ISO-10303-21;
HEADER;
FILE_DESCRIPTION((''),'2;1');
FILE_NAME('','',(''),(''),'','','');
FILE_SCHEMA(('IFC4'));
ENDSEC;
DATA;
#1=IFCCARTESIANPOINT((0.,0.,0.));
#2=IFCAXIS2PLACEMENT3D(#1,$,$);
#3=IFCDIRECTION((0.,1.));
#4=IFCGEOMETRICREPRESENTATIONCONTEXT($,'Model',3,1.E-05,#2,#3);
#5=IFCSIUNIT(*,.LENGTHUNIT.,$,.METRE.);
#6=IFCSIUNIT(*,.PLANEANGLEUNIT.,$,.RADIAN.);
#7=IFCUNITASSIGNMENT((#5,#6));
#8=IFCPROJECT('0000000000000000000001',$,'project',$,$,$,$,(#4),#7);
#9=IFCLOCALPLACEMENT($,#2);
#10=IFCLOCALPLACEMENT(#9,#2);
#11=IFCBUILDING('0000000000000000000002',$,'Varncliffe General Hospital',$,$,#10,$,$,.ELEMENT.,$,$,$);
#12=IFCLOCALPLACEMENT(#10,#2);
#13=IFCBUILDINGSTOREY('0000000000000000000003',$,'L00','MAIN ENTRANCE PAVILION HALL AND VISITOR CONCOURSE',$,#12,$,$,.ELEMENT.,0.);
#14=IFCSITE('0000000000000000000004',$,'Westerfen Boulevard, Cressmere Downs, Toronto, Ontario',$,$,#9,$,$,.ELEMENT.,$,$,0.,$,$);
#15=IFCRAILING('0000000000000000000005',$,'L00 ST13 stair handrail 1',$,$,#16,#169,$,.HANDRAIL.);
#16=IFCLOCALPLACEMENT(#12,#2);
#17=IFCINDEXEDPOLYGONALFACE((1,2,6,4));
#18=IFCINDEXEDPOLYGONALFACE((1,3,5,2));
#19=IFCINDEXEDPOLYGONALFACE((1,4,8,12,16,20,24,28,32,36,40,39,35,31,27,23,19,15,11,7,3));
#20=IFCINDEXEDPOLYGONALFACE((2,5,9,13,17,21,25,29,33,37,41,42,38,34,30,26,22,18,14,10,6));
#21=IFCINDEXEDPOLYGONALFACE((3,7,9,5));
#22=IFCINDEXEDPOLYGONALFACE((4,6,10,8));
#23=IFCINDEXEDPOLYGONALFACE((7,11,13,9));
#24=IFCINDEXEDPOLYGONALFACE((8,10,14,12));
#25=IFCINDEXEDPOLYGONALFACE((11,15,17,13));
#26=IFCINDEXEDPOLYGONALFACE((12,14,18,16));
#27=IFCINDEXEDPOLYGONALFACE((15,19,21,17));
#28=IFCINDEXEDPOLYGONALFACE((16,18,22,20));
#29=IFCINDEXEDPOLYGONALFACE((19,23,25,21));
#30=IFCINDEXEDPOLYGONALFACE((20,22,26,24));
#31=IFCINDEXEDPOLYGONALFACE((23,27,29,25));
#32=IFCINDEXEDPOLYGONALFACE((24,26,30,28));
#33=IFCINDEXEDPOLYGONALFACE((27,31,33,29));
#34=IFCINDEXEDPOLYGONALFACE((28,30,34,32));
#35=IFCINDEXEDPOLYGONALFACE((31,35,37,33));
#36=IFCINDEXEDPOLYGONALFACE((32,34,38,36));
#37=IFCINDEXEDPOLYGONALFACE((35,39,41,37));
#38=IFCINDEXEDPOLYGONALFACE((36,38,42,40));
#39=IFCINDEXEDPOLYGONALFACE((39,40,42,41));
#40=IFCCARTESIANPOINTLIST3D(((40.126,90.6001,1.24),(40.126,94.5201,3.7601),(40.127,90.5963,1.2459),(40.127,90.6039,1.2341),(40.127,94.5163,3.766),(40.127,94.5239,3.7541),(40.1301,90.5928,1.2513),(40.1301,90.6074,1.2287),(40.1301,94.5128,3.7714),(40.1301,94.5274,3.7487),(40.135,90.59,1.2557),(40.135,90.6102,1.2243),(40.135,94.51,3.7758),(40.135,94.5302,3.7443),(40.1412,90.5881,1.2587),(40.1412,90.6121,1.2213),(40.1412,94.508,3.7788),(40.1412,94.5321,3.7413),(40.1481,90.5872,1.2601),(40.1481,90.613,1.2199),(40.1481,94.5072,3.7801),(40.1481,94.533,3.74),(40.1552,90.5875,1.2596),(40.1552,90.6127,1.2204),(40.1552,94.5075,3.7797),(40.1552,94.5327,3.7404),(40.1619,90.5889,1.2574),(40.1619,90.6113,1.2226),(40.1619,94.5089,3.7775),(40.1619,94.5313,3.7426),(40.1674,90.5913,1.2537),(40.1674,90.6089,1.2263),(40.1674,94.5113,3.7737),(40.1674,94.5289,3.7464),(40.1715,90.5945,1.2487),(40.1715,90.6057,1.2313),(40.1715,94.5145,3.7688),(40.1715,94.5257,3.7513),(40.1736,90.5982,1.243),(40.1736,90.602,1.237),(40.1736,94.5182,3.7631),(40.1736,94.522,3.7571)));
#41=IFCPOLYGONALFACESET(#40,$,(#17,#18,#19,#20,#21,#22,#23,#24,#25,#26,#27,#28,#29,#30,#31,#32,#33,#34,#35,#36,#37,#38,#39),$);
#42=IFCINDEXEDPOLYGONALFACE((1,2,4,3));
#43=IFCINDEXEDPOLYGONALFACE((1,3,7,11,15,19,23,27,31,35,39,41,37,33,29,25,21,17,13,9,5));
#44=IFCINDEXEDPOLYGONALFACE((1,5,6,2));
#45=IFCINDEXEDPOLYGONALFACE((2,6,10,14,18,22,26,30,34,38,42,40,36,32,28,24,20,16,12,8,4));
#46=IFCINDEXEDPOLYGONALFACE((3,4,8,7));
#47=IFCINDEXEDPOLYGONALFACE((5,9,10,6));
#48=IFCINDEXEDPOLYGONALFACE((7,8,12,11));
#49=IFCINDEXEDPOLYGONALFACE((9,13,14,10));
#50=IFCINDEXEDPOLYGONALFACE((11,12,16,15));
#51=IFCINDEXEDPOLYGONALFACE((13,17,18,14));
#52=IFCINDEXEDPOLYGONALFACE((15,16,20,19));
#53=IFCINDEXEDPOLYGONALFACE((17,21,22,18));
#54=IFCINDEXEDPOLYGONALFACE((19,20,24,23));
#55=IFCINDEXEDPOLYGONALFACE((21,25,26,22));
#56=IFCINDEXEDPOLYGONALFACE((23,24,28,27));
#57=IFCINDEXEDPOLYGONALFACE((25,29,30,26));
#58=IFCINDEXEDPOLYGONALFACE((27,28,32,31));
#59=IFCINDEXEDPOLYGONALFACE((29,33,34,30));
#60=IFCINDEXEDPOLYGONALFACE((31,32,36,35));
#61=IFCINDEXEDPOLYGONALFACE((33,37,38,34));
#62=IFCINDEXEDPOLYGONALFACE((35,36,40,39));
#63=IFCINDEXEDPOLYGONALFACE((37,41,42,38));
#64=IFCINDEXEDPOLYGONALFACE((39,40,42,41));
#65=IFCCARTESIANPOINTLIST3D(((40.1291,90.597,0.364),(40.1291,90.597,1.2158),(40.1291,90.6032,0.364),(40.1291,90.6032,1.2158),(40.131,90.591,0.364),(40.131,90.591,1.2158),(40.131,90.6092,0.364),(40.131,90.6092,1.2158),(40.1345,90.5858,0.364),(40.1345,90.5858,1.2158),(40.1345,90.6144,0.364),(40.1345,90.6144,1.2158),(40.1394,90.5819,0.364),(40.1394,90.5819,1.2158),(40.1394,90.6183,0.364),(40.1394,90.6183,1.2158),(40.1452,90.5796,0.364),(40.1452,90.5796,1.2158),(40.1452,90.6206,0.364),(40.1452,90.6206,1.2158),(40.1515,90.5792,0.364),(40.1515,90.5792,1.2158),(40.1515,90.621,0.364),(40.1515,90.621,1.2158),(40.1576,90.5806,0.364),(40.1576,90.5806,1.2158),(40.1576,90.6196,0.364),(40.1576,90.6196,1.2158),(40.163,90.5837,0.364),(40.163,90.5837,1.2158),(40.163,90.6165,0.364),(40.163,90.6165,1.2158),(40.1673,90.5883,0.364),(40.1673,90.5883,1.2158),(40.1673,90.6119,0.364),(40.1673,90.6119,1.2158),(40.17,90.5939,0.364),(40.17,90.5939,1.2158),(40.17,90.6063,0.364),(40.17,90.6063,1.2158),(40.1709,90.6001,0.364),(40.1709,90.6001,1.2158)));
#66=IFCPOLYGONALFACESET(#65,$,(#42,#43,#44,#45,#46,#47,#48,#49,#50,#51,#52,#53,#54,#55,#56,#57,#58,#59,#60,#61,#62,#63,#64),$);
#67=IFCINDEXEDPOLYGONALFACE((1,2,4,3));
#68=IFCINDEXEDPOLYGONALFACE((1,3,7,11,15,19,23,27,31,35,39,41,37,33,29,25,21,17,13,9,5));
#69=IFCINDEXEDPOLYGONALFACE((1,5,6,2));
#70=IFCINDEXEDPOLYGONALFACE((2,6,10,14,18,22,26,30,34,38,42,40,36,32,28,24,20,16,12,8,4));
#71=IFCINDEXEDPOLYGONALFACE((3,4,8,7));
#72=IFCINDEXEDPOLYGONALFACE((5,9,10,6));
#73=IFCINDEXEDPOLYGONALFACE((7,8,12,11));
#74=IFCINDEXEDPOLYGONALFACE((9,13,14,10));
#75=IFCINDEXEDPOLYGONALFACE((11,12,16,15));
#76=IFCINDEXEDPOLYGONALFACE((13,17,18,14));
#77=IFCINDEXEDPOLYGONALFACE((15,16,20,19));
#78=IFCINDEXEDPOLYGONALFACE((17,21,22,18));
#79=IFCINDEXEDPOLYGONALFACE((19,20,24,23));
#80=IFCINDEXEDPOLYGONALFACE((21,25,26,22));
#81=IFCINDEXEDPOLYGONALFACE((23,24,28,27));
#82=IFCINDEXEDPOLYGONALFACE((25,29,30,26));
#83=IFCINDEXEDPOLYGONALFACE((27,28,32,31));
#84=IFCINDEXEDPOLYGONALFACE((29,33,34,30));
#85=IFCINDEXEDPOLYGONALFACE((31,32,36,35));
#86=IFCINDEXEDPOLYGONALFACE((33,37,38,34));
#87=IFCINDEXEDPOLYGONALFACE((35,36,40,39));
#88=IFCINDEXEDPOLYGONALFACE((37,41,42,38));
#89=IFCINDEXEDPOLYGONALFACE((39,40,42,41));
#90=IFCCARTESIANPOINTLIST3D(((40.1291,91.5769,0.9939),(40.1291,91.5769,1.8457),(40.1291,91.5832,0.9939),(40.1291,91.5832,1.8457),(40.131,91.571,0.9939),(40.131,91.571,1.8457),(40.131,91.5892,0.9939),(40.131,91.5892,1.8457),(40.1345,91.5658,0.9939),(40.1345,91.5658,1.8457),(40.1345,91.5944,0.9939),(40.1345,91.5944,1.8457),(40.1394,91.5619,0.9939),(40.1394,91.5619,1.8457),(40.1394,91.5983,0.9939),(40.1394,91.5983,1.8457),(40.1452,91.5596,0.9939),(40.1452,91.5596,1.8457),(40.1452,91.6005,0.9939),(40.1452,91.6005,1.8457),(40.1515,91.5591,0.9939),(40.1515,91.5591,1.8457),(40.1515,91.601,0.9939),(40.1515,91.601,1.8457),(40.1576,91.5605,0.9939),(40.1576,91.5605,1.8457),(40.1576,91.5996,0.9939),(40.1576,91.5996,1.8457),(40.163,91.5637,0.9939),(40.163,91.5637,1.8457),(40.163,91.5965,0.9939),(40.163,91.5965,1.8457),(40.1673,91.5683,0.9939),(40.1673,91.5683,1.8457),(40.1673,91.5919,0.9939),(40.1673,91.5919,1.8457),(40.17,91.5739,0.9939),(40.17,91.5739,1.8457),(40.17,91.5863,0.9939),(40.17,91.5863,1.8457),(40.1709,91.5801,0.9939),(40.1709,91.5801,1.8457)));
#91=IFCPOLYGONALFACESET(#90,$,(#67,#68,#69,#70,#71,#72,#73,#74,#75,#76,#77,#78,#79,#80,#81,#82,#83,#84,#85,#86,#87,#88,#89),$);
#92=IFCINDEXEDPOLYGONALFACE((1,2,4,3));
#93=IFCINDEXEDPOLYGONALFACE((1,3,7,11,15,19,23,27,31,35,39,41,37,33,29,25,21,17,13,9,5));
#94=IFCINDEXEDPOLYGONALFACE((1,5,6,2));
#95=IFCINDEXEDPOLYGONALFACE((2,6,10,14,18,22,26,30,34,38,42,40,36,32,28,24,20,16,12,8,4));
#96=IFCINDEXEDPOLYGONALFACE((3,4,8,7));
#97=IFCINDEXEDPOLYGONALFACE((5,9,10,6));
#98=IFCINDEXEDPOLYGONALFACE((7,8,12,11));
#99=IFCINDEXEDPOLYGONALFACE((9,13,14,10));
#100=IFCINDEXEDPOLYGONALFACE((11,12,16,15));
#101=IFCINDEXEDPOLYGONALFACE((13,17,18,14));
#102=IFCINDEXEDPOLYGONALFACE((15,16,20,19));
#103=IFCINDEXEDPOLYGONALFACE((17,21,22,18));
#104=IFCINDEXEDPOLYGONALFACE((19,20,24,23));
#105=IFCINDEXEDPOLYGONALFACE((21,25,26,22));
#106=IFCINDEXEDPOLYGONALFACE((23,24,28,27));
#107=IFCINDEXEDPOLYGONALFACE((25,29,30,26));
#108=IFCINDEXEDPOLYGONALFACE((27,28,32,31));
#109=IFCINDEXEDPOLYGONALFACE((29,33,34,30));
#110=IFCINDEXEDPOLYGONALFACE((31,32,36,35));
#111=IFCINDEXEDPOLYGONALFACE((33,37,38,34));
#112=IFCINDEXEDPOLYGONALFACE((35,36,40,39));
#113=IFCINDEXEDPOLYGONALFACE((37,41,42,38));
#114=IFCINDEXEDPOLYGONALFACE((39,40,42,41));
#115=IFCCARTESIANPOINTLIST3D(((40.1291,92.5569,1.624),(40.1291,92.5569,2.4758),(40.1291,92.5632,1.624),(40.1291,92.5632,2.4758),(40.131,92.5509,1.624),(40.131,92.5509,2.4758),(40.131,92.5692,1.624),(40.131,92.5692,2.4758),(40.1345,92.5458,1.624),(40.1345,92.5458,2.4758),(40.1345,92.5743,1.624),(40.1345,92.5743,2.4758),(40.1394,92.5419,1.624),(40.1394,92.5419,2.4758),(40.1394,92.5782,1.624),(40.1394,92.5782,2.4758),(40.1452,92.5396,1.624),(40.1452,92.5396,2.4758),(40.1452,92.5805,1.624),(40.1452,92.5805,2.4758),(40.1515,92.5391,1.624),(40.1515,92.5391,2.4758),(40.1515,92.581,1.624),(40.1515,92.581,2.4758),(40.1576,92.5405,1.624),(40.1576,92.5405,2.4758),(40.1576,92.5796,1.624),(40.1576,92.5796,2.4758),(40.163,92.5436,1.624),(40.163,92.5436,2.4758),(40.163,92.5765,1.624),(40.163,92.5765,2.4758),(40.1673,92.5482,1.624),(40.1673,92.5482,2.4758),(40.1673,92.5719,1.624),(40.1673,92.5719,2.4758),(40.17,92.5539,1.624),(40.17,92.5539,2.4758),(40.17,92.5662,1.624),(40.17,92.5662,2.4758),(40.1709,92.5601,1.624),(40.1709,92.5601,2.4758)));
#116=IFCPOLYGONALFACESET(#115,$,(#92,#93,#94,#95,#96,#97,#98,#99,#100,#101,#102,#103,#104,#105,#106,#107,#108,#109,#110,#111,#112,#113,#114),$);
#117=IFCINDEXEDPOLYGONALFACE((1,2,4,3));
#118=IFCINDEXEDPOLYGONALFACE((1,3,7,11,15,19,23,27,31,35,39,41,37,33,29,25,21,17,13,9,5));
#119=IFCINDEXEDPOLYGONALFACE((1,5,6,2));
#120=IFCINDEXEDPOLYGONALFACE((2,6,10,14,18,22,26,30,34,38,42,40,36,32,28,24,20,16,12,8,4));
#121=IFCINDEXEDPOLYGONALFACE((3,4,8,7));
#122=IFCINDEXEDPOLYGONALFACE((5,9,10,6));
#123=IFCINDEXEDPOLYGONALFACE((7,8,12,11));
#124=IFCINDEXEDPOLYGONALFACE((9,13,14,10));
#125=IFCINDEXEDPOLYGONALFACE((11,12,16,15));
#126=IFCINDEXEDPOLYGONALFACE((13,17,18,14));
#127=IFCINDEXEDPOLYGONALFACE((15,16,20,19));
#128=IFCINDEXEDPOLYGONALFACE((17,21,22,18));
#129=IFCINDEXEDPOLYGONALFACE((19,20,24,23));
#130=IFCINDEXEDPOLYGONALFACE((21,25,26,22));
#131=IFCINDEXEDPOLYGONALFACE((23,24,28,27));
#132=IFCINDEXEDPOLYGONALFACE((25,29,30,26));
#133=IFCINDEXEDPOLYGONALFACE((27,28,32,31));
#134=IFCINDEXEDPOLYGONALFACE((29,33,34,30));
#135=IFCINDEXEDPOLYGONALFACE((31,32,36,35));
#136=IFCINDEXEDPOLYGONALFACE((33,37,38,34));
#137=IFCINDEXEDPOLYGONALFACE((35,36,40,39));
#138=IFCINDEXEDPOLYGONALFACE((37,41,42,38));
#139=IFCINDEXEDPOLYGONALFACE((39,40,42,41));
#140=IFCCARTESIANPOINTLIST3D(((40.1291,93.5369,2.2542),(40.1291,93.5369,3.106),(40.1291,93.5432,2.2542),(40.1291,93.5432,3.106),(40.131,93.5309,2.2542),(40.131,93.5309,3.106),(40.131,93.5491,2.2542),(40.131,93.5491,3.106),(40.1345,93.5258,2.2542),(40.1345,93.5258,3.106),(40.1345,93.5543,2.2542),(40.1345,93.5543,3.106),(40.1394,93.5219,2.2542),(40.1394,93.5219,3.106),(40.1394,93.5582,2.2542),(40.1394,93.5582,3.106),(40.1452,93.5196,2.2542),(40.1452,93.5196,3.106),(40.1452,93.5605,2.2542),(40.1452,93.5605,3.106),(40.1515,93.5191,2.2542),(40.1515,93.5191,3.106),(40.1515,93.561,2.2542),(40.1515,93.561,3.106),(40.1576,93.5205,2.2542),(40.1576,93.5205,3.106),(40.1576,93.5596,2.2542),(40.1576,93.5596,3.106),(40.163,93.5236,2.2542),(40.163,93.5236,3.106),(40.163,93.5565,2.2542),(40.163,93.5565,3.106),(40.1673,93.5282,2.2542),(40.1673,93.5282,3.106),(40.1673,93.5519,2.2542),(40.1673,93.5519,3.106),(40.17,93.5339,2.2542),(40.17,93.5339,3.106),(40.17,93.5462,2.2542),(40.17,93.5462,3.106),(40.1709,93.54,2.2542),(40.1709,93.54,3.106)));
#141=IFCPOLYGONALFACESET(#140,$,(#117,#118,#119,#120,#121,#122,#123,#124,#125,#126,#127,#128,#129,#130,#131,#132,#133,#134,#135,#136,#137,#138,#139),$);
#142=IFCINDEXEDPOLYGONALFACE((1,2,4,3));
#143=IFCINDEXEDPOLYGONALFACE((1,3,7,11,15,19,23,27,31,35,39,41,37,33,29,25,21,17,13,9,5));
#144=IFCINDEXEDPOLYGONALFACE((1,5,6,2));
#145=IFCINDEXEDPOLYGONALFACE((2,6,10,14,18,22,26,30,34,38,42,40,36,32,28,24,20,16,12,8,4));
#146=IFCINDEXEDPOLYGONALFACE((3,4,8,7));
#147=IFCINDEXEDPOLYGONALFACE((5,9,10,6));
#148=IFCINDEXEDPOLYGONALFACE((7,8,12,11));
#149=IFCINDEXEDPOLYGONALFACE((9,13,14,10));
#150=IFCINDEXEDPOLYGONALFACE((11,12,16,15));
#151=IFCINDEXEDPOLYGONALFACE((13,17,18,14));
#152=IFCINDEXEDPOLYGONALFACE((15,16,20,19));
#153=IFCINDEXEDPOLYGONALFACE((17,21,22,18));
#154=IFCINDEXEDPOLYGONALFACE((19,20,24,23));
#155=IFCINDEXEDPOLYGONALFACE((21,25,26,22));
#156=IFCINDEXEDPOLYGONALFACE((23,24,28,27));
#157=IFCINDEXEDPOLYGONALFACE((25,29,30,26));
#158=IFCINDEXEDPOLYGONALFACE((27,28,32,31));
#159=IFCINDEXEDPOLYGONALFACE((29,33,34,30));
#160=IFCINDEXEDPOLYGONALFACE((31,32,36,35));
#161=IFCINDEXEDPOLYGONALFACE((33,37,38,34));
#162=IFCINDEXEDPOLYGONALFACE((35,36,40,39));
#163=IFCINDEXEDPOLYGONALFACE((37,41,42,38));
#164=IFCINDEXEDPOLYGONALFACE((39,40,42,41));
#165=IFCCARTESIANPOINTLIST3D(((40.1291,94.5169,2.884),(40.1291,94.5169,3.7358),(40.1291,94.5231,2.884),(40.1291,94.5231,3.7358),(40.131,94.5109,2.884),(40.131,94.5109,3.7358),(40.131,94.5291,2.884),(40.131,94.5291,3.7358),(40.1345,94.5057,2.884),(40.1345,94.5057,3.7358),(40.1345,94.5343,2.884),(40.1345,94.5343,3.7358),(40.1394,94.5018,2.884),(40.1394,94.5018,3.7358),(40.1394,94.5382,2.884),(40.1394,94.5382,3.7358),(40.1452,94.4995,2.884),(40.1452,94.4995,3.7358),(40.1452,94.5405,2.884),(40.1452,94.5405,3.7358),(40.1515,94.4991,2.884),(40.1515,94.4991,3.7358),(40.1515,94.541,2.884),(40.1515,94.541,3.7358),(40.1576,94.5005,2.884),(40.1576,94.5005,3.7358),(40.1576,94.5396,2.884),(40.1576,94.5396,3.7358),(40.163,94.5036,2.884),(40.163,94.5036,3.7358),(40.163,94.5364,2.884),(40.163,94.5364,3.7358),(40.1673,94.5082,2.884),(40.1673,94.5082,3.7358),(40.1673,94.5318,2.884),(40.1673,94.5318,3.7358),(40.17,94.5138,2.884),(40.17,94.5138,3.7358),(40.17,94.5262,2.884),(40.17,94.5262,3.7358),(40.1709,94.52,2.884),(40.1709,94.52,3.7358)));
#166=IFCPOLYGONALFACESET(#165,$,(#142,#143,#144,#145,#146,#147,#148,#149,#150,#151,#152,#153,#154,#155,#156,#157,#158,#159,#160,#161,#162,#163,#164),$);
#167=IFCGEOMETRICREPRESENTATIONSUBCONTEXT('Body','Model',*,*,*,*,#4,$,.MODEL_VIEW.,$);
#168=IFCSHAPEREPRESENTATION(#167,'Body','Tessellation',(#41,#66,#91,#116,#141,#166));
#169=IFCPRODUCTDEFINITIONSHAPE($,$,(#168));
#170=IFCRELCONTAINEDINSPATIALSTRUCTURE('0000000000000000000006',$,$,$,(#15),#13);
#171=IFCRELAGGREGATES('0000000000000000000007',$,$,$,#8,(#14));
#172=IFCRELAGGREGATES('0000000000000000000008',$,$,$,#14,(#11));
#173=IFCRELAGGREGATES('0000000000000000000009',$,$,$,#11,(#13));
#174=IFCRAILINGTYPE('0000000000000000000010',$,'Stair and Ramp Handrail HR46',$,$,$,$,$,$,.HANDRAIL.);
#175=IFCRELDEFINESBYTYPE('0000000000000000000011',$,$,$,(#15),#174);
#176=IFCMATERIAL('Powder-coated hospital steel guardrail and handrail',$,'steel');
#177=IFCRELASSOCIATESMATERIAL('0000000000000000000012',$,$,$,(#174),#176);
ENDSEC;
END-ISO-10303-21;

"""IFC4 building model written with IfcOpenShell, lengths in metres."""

from ifc_helpers import new_model, si_unit, direction, frame, origin, origin_2d, place, context, subcontext, project, spatial, circle, extrude, material, type_object, element, save


model = new_model("IFC4")

# Units and contexts
model_context = context("Model", 3, precision=1e-05, world=origin(), true_north=direction((0.0, 1.0)))
body_context = subcontext(model_context, "Body", "Model", "MODEL_VIEW")
ifc_project = project(units=[si_unit("LENGTHUNIT", "METRE"), si_unit("PLANEANGLEUNIT", "RADIAN")], contexts=[model_context])

# Site, building, storey
site_placement = place(None, origin())
site = spatial("IfcSite", under=ifc_project, at=site_placement, Name="Westerfen Boulevard, Cressmere Downs, Toronto, Ontario", CompositionType="ELEMENT", RefElevation=0.0)
building_placement = place(site_placement, origin())
building = spatial("IfcBuilding", under=site, at=building_placement, Name="Varncliffe General Hospital", CompositionType="ELEMENT")
storey_placement = place(building_placement, origin())
storey = spatial("IfcBuildingStorey", under=building, at=storey_placement, Name="L00", Description="MAIN ENTRANCE PAVILION HALL AND VISITOR CONCOURSE", CompositionType="ELEMENT", Elevation=0.0)

# Railing
ifc_material_1 = material(Name="Powder-coated hospital steel guardrail and handrail", Category="steel")
railing_type_1 = type_object("IfcRailingType", Name="Stair and Ramp Handrail HR46", PredefinedType="HANDRAIL", material=ifc_material_1)
railing_1_placement = place(storey_placement, frame((40.1499, 90.6001, 0.364)))
element("IfcRailing", 1, at=railing_1_placement, inside=storey, type_object=railing_type_1, Name="L00 ST13 stair handrail 1", PredefinedType="HANDRAIL", context=body_context, shape_type="SweptSolid", body=[
    extrude(circle(Radius=0.0239, at=origin_2d()), frame((0.0, 0.0, 0.876), z_axis=(0.0, 0.841172, 0.540768), x_axis=(-1.0, 0.0, 0.0)), (0.0, 0.0, 1.0), 4.6602),
    extrude(circle(Radius=0.021, at=origin_2d()), origin(), (0.0, 0.0, 1.0), 0.8518),
    extrude(circle(Radius=0.021, at=origin_2d()), frame((0.0, 0.98, 0.6299)), (0.0, 0.0, 1.0), 0.8518),
    extrude(circle(Radius=0.021, at=origin_2d()), frame((0.0, 1.96, 1.26)), (0.0, 0.0, 1.0), 0.8518),
    extrude(circle(Radius=0.021, at=origin_2d()), frame((0.0, 2.9399, 1.8901)), (0.0, 0.0, 1.0), 0.8518),
    extrude(circle(Radius=0.021, at=origin_2d()), frame((0.0, 3.9199, 2.52)), (0.0, 0.0, 1.0), 0.8518),
])

save(model, "model.ifc")
